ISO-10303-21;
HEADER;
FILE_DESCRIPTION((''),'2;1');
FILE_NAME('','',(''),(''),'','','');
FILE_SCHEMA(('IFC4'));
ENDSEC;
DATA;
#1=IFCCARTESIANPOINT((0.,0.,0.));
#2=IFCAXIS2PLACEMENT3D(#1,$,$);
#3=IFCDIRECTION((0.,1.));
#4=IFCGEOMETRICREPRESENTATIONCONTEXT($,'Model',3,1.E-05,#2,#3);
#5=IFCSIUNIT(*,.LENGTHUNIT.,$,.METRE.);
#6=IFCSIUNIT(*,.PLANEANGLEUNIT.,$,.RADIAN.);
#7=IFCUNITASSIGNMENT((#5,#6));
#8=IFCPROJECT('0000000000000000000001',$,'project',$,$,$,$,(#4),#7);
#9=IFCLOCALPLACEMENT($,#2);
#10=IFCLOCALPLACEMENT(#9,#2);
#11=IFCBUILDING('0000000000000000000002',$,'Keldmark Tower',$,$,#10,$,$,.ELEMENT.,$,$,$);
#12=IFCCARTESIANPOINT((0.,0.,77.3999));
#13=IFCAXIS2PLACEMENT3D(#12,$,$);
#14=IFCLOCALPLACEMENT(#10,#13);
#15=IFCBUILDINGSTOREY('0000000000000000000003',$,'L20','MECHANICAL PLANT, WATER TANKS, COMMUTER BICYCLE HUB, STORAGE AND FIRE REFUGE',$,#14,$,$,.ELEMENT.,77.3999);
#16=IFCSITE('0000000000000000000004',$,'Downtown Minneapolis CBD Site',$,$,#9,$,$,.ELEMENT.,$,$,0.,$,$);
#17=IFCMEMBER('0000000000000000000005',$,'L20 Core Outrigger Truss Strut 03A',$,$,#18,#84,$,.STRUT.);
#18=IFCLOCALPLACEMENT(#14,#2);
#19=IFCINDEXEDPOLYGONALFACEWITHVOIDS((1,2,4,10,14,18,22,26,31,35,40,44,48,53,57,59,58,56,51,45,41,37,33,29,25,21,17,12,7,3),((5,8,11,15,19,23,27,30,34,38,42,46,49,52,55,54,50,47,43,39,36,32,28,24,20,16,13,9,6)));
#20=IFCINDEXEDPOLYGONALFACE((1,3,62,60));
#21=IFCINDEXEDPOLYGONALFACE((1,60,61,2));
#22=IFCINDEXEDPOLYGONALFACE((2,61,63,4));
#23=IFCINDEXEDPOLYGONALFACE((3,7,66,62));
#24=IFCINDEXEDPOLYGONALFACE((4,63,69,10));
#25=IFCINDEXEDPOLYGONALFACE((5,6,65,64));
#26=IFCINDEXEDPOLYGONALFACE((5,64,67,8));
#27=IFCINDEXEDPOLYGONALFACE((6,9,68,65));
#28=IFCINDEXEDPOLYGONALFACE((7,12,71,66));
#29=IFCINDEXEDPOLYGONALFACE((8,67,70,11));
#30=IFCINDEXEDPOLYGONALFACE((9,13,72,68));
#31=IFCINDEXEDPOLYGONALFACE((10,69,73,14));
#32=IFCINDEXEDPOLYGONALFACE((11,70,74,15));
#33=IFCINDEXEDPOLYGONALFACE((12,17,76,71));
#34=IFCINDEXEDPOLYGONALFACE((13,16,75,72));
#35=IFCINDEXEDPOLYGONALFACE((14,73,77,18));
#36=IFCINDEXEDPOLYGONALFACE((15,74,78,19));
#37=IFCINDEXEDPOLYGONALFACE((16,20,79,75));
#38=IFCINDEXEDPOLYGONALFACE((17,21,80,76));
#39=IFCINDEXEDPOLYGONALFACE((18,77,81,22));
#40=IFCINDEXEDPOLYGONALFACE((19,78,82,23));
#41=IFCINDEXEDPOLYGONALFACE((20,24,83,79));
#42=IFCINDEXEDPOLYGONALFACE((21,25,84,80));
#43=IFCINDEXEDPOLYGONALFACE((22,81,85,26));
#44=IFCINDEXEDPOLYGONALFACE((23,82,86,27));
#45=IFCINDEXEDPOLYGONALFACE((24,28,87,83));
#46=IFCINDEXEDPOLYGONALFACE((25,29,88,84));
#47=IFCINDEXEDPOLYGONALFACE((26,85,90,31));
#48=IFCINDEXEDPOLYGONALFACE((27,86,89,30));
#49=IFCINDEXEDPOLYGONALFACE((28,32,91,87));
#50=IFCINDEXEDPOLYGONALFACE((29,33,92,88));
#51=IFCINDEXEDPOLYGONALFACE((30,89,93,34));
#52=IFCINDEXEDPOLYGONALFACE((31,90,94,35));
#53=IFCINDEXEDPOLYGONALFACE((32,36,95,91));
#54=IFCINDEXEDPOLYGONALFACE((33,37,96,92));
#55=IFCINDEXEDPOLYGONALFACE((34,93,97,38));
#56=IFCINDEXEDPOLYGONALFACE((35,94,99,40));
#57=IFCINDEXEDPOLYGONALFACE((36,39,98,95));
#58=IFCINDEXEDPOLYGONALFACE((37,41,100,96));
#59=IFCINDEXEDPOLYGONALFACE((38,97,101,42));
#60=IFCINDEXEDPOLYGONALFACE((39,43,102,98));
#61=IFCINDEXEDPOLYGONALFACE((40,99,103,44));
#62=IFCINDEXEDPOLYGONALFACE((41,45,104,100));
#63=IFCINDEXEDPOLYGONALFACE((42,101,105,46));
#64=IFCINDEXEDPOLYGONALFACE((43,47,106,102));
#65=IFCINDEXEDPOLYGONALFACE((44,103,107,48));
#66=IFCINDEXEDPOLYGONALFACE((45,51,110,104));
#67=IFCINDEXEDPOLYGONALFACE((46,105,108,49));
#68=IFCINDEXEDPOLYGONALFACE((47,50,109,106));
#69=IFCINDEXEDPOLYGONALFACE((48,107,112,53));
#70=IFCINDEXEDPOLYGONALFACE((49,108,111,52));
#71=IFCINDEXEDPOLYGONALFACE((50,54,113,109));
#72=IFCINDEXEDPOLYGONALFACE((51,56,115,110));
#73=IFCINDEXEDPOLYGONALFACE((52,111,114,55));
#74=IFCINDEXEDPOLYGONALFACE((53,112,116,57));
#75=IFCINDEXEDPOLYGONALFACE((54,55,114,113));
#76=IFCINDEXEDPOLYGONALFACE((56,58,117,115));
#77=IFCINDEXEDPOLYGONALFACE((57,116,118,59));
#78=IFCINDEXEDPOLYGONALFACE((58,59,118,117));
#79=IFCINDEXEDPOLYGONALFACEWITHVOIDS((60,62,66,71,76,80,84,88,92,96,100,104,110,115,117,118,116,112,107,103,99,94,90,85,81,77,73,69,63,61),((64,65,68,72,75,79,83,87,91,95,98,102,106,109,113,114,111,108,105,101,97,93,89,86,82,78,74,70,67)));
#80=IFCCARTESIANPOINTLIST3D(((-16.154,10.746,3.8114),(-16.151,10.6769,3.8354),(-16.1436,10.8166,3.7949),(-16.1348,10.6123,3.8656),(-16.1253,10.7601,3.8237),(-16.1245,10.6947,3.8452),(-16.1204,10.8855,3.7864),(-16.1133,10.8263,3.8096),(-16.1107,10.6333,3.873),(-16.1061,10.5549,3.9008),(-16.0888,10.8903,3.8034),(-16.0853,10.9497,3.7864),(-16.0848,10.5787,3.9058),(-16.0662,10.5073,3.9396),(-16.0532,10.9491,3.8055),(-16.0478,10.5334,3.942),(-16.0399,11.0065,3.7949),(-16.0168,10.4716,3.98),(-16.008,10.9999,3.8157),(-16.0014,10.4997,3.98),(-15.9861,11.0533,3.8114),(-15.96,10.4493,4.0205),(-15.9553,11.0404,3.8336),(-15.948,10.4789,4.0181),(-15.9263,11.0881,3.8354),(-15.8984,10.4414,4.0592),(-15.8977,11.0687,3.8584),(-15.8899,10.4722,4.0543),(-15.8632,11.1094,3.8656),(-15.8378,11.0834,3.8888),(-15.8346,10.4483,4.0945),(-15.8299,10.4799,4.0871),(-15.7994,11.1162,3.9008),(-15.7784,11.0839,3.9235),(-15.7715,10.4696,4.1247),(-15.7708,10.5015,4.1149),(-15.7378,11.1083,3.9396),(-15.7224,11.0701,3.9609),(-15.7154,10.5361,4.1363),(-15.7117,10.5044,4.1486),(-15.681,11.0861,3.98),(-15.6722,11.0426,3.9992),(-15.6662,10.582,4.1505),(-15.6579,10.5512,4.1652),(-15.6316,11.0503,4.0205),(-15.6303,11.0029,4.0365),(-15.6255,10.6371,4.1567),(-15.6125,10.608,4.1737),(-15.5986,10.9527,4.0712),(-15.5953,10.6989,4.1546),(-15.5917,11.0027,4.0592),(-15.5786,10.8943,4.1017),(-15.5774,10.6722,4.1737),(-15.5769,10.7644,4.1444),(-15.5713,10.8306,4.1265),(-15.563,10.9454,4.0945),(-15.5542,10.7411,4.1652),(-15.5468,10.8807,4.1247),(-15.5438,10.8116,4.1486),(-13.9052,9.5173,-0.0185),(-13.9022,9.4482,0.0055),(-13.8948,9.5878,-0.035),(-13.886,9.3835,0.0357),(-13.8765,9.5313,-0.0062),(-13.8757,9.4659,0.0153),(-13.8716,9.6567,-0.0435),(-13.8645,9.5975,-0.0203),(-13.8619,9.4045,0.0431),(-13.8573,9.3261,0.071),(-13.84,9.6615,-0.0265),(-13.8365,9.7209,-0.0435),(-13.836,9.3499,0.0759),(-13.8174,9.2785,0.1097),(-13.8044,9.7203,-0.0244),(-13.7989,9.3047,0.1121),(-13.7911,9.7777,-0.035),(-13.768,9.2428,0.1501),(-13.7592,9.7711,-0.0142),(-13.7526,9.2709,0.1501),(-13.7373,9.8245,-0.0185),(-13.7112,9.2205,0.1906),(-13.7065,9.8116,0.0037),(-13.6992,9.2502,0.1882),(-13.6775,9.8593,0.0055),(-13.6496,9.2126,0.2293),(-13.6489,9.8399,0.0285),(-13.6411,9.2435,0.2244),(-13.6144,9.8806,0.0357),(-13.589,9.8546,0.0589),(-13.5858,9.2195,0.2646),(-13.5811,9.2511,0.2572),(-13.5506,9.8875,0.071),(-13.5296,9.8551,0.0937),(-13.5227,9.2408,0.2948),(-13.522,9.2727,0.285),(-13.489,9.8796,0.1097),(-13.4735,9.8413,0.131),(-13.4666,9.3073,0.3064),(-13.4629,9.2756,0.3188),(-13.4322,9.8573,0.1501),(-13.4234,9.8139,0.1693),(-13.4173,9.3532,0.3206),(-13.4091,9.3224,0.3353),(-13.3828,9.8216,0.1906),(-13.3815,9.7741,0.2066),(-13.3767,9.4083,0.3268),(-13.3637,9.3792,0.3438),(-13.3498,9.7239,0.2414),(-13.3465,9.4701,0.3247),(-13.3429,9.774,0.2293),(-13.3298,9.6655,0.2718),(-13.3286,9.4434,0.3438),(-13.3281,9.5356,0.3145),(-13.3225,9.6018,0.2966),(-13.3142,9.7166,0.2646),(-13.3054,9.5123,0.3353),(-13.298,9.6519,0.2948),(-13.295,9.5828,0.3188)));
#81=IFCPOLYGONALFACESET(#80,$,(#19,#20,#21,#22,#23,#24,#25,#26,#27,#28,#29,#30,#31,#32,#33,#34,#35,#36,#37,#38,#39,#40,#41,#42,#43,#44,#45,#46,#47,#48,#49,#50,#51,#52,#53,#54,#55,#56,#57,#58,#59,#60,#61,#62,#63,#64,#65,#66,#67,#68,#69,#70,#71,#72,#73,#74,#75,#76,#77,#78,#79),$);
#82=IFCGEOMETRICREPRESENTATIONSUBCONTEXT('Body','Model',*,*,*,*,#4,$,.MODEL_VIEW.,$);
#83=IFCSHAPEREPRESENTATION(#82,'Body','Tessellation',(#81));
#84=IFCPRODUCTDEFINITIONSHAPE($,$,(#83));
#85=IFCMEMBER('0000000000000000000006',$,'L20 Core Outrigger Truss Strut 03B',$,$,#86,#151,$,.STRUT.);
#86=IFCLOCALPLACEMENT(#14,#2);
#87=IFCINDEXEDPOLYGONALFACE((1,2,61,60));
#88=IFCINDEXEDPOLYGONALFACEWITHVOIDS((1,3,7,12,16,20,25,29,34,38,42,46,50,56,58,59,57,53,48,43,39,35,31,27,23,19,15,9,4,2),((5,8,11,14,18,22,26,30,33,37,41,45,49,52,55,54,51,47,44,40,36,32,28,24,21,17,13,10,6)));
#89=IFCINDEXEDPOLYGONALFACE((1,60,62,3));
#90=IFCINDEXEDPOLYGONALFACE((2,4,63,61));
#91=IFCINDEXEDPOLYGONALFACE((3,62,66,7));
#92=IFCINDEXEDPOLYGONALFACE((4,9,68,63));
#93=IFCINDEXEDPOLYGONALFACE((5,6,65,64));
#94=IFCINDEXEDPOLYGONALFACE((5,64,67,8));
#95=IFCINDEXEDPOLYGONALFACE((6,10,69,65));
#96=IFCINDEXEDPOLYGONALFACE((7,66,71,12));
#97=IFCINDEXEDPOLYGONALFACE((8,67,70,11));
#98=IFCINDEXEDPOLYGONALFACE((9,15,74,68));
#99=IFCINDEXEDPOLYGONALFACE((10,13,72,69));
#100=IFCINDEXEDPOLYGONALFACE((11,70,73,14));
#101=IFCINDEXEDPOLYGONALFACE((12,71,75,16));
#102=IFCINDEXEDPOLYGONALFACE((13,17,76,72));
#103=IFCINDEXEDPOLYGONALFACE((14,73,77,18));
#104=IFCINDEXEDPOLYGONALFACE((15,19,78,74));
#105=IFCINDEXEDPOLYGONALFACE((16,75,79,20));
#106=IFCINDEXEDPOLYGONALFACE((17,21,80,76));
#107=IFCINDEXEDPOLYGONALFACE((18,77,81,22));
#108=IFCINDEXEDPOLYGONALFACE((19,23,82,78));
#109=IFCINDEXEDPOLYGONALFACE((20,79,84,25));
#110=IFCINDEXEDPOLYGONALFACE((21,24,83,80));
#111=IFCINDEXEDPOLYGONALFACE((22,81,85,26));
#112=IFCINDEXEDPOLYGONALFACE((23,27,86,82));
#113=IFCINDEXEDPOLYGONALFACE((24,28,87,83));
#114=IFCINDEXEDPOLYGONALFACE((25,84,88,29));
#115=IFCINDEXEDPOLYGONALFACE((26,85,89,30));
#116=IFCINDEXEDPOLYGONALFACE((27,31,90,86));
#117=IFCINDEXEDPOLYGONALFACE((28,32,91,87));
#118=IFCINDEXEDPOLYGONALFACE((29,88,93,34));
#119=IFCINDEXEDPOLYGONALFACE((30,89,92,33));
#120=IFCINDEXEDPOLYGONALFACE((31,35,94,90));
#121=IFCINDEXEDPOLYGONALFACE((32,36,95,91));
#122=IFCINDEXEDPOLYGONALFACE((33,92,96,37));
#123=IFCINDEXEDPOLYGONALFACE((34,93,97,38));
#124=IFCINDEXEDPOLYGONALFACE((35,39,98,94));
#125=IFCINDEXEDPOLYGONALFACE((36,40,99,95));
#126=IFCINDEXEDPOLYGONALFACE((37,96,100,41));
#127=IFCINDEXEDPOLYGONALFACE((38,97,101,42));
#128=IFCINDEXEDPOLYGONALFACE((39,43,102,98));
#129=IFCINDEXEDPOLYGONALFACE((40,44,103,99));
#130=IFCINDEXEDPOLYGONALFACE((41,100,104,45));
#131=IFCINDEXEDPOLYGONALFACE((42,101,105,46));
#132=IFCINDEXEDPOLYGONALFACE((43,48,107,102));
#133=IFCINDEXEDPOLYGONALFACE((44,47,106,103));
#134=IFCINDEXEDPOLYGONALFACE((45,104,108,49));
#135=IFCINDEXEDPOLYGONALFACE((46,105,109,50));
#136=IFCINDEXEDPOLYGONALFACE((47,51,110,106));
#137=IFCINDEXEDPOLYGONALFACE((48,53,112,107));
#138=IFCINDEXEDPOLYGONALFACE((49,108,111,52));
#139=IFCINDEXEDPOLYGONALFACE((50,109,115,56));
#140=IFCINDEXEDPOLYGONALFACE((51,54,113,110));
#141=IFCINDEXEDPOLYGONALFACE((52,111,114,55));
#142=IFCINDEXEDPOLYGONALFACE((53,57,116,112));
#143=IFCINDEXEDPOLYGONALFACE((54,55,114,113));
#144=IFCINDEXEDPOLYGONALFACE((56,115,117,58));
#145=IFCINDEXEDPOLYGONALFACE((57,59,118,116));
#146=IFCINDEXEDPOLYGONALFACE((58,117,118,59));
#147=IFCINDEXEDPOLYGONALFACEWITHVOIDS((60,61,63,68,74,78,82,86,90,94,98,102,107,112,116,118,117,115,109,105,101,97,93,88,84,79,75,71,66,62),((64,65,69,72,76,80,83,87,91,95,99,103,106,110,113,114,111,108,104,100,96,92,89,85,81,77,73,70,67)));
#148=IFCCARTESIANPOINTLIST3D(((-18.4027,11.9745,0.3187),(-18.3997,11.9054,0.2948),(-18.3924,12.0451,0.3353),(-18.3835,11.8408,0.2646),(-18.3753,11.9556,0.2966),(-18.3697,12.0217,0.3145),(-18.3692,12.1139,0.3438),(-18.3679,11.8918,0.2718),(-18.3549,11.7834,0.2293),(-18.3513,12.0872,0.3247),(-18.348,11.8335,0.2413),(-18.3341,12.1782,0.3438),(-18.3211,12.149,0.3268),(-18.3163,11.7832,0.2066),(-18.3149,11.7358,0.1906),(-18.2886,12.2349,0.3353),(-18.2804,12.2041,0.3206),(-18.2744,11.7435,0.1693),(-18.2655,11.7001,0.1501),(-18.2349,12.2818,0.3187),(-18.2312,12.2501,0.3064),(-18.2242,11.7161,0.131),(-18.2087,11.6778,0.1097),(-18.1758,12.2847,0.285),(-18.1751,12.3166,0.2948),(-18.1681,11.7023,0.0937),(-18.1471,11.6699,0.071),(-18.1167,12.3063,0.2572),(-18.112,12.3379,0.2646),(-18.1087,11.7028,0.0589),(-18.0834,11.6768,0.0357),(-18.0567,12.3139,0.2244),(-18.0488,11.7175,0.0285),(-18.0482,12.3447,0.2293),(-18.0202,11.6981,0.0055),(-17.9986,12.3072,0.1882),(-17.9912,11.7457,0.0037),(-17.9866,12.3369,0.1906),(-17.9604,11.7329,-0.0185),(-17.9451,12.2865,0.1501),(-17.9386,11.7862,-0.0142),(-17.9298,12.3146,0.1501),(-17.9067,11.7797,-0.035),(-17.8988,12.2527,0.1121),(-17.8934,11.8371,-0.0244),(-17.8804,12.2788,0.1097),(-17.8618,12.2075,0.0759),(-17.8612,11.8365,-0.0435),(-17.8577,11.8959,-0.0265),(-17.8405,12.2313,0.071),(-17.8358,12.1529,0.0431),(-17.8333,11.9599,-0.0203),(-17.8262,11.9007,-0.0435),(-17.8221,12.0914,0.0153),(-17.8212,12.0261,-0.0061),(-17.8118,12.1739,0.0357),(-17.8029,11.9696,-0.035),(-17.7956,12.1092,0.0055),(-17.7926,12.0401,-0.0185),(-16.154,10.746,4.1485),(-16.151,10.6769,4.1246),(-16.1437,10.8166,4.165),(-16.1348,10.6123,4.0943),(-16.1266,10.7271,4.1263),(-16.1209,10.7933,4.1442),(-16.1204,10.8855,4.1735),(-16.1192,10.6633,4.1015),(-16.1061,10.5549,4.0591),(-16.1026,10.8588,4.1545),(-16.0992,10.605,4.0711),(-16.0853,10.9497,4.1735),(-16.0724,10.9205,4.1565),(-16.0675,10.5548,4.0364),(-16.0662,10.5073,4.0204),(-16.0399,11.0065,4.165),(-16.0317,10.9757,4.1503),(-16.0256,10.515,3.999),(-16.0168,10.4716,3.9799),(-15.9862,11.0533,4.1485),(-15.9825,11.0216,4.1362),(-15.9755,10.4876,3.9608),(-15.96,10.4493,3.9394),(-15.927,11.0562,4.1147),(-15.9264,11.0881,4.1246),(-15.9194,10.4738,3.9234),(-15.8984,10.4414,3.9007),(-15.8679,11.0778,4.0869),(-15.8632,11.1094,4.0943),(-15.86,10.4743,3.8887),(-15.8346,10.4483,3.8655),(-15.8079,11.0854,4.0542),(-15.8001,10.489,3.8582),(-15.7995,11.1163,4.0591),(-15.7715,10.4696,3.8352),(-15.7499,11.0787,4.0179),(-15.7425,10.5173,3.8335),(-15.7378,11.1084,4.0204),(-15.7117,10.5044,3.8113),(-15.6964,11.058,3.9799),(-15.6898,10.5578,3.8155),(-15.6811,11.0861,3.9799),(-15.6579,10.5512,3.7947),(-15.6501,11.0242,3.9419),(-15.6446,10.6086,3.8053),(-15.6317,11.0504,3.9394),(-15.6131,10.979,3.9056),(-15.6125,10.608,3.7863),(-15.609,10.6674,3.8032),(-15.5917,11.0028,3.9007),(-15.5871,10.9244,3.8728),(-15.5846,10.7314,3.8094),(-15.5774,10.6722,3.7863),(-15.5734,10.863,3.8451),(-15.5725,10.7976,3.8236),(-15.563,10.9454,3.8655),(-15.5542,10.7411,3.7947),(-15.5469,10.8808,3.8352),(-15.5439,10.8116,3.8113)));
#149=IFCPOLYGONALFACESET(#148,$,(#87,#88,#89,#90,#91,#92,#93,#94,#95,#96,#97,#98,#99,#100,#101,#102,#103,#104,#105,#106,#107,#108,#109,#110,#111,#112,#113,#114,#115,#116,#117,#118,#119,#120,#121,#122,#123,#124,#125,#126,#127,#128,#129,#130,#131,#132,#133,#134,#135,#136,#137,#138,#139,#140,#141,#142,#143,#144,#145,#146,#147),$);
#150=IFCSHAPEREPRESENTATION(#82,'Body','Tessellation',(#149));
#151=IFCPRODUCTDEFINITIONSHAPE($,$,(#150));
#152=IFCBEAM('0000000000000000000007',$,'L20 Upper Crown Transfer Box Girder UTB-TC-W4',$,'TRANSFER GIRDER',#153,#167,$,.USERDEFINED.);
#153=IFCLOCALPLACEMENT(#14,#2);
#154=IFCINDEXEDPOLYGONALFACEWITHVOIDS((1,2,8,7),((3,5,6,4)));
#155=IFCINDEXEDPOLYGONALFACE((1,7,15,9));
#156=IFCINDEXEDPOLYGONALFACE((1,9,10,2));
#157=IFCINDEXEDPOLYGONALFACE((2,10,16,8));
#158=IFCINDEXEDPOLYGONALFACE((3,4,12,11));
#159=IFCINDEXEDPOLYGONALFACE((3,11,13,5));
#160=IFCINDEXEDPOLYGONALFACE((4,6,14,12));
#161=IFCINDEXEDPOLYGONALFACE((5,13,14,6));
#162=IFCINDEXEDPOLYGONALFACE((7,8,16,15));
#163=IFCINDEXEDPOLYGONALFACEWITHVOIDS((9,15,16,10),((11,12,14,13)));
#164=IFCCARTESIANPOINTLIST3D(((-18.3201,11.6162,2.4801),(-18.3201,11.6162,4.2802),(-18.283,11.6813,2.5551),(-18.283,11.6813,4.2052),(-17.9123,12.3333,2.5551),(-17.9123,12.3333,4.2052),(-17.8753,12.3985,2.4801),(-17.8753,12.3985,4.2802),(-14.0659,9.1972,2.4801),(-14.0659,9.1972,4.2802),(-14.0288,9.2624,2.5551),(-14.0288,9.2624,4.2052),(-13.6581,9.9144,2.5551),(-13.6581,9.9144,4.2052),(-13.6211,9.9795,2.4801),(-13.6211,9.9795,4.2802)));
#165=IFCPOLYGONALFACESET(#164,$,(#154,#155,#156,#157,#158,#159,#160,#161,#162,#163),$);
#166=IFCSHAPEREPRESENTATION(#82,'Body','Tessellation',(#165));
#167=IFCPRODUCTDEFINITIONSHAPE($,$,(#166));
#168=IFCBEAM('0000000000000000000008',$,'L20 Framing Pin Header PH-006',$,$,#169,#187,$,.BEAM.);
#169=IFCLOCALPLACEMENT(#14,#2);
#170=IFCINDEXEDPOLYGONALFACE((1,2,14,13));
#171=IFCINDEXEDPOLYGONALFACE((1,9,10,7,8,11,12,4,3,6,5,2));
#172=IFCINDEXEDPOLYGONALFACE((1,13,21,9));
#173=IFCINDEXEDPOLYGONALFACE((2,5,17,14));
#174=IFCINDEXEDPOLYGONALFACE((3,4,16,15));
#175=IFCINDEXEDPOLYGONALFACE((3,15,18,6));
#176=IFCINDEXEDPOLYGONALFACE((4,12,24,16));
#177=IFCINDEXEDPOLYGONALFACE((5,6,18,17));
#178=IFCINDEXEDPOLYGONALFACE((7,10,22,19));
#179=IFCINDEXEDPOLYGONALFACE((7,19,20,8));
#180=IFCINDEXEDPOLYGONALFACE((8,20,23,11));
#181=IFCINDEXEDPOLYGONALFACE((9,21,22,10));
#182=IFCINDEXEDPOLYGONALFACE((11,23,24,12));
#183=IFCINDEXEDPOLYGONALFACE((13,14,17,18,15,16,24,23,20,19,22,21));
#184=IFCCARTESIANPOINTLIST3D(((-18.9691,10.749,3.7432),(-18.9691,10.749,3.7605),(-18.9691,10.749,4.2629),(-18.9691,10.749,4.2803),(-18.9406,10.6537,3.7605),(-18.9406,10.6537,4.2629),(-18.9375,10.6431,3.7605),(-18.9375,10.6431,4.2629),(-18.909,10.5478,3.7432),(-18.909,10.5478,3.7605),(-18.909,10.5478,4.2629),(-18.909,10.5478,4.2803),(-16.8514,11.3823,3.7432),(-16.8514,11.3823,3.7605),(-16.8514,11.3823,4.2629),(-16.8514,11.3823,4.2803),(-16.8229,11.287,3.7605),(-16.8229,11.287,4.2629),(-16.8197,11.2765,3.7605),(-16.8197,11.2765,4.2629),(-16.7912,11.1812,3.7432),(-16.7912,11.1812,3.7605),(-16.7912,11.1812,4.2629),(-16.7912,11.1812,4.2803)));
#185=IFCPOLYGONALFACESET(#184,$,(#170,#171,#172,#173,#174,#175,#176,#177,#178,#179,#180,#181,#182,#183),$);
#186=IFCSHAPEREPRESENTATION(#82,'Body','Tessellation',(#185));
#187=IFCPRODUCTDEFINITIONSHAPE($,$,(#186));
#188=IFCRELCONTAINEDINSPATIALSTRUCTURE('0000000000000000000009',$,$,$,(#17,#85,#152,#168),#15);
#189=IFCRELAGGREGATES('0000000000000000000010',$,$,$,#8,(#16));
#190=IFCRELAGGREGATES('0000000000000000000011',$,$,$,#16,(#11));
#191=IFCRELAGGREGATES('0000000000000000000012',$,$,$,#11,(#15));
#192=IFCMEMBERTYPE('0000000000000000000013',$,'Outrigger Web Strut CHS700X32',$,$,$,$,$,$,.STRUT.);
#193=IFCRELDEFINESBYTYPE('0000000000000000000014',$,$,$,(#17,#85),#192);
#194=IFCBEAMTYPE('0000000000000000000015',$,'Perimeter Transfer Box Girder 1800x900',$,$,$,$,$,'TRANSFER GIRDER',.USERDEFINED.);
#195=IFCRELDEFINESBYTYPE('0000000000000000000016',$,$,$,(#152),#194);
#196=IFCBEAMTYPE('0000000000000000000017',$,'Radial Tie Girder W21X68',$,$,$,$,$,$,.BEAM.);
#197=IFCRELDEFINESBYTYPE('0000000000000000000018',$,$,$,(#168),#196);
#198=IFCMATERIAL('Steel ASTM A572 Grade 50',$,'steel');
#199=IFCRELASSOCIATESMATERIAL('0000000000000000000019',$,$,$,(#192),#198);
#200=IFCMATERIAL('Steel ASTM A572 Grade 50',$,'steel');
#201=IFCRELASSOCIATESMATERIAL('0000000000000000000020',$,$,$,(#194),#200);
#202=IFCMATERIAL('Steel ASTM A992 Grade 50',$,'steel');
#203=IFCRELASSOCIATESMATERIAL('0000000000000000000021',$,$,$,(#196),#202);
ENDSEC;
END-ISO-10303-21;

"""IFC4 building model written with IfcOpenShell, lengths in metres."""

from ifc_helpers import new_model, si_unit, direction, frame, origin, origin_2d, place, context, subcontext, project, spatial, hollow_rectangle, hollow_circle, i_section, extrude, material, material_profile, profile_set, type_object, element, save


model = new_model("IFC4")

# Units and contexts
model_context = context("Model", 3, precision=1e-05, world=origin(), true_north=direction((0.0, 1.0)))
body_context = subcontext(model_context, "Body", "Model", "MODEL_VIEW")
ifc_project = project(units=[si_unit("LENGTHUNIT", "METRE"), si_unit("PLANEANGLEUNIT", "RADIAN")], contexts=[model_context])

# Site, building, storey
site_placement = place(None, origin())
site = spatial("IfcSite", under=ifc_project, at=site_placement, Name="Downtown Minneapolis CBD Site", CompositionType="ELEMENT", RefElevation=0.0)
building_placement = place(site_placement, origin())
building = spatial("IfcBuilding", under=site, at=building_placement, Name="Keldmark Tower", CompositionType="ELEMENT")
storey_placement = place(building_placement, frame((0.0, 0.0, 77.3999)))
storey = spatial("IfcBuildingStorey", under=building, at=storey_placement, Name="L20", Description="MECHANICAL PLANT, WATER TANKS, COMMUTER BICYCLE HUB, STORAGE AND FIRE REFUGE", CompositionType="ELEMENT", Elevation=77.3999)

# Members
ifc_material_1 = material(Name="Steel ASTM A572 Grade 50", Category="steel")
ifc_material_profile_1 = material_profile(ifc_material_1, hollow_circle(Radius=0.3501, WallThickness=0.032, at=origin_2d()), Name="CHS700X32")
ifc_profile_set_1 = profile_set([ifc_material_profile_1], Name="Steel ASTM A572 Grade 50")
member_type_1 = type_object("IfcMemberType", Name="Outrigger Web Strut CHS700X32", PredefinedType="STRUT", material=ifc_profile_set_1)
member_1_placement = place(storey_placement, frame((-13.6001, 9.55, 0.1501), z_axis=(-0.488007, 0.266653, 0.831111), x_axis=(-0.479499, -0.877542, 0.0)))
element("IfcMember", 1, at=member_1_placement, inside=storey, type_object=member_type_1, Name="L20 Core Outrigger Truss Strut 03A", PredefinedType="STRUT", context=body_context, shape_type="SweptSolid", body=[
    extrude(hollow_circle(Radius=0.3501, WallThickness=0.032, at=origin_2d()), origin(), (0.0, 0.0, 1.0), 4.6082),
])
member_2_placement = place(storey_placement, frame((-18.0977, 12.0073, 0.1501), z_axis=(0.488014, -0.266604, 0.831123), x_axis=(0.479426, 0.877582, 0.0)))
element("IfcMember", 2, at=member_2_placement, inside=storey, type_object=member_type_1, Name="L20 Core Outrigger Truss Strut 03B", PredefinedType="STRUT", context=body_context, shape_type="SweptSolid", body=[
    extrude(hollow_circle(Radius=0.3501, WallThickness=0.032, at=origin_2d()), origin(), (0.0, 0.0, 1.0), 4.6079),
])

# Beams
ifc_material_2 = material(Name="Steel ASTM A572 Grade 50", Category="steel")
ifc_material_profile_2 = material_profile(ifc_material_2, hollow_rectangle(XDim=0.8999, YDim=1.8, WallThickness=0.075, at=origin_2d()), Name="TBOX1800X900X75")
ifc_profile_set_2 = profile_set([ifc_material_profile_2], Name="Steel ASTM A572 Grade 50")
beam_type_1 = type_object("IfcBeamType", Name="Perimeter Transfer Box Girder 1800x900", ElementType="TRANSFER GIRDER", PredefinedType="USERDEFINED", material=ifc_profile_set_2)
beam_1_placement = place(storey_placement, frame((-18.0977, 12.0073, 3.3801), z_axis=(0.869297, -0.49429, 0.0), x_axis=(0.49429, 0.869297, 0.0)))
element("IfcBeam", 3, at=beam_1_placement, inside=storey, type_object=beam_type_1, Name="L20 Upper Crown Transfer Box Girder UTB-TC-W4", ObjectType="TRANSFER GIRDER", PredefinedType="USERDEFINED", context=body_context, shape_type="SweptSolid", body=[
    extrude(hollow_rectangle(XDim=0.8999, YDim=1.8, WallThickness=0.075, at=origin_2d()), origin(), (0.0, 0.0, 1.0), 4.8938),
])
ifc_material_3 = material(Name="Steel ASTM A992 Grade 50", Category="steel")
ifc_material_profile_3 = material_profile(ifc_material_3, i_section(OverallWidth=0.21, OverallDepth=0.5371, WebThickness=0.011, FlangeThickness=0.0173, at=origin_2d()), Name="W21X68")
ifc_profile_set_3 = profile_set([ifc_material_profile_3], Name="Steel ASTM A992 Grade 50")
beam_type_2 = type_object("IfcBeamType", Name="Radial Tie Girder W21X68", PredefinedType="BEAM", material=ifc_profile_set_3)
beam_2_placement = place(storey_placement, frame((-16.8213, 11.2817, 4.0117), z_axis=(-0.958075, -0.286517, 0.0), x_axis=(0.286517, -0.958075, 0.0)))
element("IfcBeam", 4, at=beam_2_placement, inside=storey, type_object=beam_type_2, Name="L20 Framing Pin Header PH-006", PredefinedType="BEAM", context=body_context, shape_type="SweptSolid", body=[
    extrude(i_section(OverallWidth=0.21, OverallDepth=0.5371, WebThickness=0.011, FlangeThickness=0.0173, at=origin_2d()), origin(), (0.0, 0.0, 1.0), 2.2104),
])

save(model, "model.ifc")
